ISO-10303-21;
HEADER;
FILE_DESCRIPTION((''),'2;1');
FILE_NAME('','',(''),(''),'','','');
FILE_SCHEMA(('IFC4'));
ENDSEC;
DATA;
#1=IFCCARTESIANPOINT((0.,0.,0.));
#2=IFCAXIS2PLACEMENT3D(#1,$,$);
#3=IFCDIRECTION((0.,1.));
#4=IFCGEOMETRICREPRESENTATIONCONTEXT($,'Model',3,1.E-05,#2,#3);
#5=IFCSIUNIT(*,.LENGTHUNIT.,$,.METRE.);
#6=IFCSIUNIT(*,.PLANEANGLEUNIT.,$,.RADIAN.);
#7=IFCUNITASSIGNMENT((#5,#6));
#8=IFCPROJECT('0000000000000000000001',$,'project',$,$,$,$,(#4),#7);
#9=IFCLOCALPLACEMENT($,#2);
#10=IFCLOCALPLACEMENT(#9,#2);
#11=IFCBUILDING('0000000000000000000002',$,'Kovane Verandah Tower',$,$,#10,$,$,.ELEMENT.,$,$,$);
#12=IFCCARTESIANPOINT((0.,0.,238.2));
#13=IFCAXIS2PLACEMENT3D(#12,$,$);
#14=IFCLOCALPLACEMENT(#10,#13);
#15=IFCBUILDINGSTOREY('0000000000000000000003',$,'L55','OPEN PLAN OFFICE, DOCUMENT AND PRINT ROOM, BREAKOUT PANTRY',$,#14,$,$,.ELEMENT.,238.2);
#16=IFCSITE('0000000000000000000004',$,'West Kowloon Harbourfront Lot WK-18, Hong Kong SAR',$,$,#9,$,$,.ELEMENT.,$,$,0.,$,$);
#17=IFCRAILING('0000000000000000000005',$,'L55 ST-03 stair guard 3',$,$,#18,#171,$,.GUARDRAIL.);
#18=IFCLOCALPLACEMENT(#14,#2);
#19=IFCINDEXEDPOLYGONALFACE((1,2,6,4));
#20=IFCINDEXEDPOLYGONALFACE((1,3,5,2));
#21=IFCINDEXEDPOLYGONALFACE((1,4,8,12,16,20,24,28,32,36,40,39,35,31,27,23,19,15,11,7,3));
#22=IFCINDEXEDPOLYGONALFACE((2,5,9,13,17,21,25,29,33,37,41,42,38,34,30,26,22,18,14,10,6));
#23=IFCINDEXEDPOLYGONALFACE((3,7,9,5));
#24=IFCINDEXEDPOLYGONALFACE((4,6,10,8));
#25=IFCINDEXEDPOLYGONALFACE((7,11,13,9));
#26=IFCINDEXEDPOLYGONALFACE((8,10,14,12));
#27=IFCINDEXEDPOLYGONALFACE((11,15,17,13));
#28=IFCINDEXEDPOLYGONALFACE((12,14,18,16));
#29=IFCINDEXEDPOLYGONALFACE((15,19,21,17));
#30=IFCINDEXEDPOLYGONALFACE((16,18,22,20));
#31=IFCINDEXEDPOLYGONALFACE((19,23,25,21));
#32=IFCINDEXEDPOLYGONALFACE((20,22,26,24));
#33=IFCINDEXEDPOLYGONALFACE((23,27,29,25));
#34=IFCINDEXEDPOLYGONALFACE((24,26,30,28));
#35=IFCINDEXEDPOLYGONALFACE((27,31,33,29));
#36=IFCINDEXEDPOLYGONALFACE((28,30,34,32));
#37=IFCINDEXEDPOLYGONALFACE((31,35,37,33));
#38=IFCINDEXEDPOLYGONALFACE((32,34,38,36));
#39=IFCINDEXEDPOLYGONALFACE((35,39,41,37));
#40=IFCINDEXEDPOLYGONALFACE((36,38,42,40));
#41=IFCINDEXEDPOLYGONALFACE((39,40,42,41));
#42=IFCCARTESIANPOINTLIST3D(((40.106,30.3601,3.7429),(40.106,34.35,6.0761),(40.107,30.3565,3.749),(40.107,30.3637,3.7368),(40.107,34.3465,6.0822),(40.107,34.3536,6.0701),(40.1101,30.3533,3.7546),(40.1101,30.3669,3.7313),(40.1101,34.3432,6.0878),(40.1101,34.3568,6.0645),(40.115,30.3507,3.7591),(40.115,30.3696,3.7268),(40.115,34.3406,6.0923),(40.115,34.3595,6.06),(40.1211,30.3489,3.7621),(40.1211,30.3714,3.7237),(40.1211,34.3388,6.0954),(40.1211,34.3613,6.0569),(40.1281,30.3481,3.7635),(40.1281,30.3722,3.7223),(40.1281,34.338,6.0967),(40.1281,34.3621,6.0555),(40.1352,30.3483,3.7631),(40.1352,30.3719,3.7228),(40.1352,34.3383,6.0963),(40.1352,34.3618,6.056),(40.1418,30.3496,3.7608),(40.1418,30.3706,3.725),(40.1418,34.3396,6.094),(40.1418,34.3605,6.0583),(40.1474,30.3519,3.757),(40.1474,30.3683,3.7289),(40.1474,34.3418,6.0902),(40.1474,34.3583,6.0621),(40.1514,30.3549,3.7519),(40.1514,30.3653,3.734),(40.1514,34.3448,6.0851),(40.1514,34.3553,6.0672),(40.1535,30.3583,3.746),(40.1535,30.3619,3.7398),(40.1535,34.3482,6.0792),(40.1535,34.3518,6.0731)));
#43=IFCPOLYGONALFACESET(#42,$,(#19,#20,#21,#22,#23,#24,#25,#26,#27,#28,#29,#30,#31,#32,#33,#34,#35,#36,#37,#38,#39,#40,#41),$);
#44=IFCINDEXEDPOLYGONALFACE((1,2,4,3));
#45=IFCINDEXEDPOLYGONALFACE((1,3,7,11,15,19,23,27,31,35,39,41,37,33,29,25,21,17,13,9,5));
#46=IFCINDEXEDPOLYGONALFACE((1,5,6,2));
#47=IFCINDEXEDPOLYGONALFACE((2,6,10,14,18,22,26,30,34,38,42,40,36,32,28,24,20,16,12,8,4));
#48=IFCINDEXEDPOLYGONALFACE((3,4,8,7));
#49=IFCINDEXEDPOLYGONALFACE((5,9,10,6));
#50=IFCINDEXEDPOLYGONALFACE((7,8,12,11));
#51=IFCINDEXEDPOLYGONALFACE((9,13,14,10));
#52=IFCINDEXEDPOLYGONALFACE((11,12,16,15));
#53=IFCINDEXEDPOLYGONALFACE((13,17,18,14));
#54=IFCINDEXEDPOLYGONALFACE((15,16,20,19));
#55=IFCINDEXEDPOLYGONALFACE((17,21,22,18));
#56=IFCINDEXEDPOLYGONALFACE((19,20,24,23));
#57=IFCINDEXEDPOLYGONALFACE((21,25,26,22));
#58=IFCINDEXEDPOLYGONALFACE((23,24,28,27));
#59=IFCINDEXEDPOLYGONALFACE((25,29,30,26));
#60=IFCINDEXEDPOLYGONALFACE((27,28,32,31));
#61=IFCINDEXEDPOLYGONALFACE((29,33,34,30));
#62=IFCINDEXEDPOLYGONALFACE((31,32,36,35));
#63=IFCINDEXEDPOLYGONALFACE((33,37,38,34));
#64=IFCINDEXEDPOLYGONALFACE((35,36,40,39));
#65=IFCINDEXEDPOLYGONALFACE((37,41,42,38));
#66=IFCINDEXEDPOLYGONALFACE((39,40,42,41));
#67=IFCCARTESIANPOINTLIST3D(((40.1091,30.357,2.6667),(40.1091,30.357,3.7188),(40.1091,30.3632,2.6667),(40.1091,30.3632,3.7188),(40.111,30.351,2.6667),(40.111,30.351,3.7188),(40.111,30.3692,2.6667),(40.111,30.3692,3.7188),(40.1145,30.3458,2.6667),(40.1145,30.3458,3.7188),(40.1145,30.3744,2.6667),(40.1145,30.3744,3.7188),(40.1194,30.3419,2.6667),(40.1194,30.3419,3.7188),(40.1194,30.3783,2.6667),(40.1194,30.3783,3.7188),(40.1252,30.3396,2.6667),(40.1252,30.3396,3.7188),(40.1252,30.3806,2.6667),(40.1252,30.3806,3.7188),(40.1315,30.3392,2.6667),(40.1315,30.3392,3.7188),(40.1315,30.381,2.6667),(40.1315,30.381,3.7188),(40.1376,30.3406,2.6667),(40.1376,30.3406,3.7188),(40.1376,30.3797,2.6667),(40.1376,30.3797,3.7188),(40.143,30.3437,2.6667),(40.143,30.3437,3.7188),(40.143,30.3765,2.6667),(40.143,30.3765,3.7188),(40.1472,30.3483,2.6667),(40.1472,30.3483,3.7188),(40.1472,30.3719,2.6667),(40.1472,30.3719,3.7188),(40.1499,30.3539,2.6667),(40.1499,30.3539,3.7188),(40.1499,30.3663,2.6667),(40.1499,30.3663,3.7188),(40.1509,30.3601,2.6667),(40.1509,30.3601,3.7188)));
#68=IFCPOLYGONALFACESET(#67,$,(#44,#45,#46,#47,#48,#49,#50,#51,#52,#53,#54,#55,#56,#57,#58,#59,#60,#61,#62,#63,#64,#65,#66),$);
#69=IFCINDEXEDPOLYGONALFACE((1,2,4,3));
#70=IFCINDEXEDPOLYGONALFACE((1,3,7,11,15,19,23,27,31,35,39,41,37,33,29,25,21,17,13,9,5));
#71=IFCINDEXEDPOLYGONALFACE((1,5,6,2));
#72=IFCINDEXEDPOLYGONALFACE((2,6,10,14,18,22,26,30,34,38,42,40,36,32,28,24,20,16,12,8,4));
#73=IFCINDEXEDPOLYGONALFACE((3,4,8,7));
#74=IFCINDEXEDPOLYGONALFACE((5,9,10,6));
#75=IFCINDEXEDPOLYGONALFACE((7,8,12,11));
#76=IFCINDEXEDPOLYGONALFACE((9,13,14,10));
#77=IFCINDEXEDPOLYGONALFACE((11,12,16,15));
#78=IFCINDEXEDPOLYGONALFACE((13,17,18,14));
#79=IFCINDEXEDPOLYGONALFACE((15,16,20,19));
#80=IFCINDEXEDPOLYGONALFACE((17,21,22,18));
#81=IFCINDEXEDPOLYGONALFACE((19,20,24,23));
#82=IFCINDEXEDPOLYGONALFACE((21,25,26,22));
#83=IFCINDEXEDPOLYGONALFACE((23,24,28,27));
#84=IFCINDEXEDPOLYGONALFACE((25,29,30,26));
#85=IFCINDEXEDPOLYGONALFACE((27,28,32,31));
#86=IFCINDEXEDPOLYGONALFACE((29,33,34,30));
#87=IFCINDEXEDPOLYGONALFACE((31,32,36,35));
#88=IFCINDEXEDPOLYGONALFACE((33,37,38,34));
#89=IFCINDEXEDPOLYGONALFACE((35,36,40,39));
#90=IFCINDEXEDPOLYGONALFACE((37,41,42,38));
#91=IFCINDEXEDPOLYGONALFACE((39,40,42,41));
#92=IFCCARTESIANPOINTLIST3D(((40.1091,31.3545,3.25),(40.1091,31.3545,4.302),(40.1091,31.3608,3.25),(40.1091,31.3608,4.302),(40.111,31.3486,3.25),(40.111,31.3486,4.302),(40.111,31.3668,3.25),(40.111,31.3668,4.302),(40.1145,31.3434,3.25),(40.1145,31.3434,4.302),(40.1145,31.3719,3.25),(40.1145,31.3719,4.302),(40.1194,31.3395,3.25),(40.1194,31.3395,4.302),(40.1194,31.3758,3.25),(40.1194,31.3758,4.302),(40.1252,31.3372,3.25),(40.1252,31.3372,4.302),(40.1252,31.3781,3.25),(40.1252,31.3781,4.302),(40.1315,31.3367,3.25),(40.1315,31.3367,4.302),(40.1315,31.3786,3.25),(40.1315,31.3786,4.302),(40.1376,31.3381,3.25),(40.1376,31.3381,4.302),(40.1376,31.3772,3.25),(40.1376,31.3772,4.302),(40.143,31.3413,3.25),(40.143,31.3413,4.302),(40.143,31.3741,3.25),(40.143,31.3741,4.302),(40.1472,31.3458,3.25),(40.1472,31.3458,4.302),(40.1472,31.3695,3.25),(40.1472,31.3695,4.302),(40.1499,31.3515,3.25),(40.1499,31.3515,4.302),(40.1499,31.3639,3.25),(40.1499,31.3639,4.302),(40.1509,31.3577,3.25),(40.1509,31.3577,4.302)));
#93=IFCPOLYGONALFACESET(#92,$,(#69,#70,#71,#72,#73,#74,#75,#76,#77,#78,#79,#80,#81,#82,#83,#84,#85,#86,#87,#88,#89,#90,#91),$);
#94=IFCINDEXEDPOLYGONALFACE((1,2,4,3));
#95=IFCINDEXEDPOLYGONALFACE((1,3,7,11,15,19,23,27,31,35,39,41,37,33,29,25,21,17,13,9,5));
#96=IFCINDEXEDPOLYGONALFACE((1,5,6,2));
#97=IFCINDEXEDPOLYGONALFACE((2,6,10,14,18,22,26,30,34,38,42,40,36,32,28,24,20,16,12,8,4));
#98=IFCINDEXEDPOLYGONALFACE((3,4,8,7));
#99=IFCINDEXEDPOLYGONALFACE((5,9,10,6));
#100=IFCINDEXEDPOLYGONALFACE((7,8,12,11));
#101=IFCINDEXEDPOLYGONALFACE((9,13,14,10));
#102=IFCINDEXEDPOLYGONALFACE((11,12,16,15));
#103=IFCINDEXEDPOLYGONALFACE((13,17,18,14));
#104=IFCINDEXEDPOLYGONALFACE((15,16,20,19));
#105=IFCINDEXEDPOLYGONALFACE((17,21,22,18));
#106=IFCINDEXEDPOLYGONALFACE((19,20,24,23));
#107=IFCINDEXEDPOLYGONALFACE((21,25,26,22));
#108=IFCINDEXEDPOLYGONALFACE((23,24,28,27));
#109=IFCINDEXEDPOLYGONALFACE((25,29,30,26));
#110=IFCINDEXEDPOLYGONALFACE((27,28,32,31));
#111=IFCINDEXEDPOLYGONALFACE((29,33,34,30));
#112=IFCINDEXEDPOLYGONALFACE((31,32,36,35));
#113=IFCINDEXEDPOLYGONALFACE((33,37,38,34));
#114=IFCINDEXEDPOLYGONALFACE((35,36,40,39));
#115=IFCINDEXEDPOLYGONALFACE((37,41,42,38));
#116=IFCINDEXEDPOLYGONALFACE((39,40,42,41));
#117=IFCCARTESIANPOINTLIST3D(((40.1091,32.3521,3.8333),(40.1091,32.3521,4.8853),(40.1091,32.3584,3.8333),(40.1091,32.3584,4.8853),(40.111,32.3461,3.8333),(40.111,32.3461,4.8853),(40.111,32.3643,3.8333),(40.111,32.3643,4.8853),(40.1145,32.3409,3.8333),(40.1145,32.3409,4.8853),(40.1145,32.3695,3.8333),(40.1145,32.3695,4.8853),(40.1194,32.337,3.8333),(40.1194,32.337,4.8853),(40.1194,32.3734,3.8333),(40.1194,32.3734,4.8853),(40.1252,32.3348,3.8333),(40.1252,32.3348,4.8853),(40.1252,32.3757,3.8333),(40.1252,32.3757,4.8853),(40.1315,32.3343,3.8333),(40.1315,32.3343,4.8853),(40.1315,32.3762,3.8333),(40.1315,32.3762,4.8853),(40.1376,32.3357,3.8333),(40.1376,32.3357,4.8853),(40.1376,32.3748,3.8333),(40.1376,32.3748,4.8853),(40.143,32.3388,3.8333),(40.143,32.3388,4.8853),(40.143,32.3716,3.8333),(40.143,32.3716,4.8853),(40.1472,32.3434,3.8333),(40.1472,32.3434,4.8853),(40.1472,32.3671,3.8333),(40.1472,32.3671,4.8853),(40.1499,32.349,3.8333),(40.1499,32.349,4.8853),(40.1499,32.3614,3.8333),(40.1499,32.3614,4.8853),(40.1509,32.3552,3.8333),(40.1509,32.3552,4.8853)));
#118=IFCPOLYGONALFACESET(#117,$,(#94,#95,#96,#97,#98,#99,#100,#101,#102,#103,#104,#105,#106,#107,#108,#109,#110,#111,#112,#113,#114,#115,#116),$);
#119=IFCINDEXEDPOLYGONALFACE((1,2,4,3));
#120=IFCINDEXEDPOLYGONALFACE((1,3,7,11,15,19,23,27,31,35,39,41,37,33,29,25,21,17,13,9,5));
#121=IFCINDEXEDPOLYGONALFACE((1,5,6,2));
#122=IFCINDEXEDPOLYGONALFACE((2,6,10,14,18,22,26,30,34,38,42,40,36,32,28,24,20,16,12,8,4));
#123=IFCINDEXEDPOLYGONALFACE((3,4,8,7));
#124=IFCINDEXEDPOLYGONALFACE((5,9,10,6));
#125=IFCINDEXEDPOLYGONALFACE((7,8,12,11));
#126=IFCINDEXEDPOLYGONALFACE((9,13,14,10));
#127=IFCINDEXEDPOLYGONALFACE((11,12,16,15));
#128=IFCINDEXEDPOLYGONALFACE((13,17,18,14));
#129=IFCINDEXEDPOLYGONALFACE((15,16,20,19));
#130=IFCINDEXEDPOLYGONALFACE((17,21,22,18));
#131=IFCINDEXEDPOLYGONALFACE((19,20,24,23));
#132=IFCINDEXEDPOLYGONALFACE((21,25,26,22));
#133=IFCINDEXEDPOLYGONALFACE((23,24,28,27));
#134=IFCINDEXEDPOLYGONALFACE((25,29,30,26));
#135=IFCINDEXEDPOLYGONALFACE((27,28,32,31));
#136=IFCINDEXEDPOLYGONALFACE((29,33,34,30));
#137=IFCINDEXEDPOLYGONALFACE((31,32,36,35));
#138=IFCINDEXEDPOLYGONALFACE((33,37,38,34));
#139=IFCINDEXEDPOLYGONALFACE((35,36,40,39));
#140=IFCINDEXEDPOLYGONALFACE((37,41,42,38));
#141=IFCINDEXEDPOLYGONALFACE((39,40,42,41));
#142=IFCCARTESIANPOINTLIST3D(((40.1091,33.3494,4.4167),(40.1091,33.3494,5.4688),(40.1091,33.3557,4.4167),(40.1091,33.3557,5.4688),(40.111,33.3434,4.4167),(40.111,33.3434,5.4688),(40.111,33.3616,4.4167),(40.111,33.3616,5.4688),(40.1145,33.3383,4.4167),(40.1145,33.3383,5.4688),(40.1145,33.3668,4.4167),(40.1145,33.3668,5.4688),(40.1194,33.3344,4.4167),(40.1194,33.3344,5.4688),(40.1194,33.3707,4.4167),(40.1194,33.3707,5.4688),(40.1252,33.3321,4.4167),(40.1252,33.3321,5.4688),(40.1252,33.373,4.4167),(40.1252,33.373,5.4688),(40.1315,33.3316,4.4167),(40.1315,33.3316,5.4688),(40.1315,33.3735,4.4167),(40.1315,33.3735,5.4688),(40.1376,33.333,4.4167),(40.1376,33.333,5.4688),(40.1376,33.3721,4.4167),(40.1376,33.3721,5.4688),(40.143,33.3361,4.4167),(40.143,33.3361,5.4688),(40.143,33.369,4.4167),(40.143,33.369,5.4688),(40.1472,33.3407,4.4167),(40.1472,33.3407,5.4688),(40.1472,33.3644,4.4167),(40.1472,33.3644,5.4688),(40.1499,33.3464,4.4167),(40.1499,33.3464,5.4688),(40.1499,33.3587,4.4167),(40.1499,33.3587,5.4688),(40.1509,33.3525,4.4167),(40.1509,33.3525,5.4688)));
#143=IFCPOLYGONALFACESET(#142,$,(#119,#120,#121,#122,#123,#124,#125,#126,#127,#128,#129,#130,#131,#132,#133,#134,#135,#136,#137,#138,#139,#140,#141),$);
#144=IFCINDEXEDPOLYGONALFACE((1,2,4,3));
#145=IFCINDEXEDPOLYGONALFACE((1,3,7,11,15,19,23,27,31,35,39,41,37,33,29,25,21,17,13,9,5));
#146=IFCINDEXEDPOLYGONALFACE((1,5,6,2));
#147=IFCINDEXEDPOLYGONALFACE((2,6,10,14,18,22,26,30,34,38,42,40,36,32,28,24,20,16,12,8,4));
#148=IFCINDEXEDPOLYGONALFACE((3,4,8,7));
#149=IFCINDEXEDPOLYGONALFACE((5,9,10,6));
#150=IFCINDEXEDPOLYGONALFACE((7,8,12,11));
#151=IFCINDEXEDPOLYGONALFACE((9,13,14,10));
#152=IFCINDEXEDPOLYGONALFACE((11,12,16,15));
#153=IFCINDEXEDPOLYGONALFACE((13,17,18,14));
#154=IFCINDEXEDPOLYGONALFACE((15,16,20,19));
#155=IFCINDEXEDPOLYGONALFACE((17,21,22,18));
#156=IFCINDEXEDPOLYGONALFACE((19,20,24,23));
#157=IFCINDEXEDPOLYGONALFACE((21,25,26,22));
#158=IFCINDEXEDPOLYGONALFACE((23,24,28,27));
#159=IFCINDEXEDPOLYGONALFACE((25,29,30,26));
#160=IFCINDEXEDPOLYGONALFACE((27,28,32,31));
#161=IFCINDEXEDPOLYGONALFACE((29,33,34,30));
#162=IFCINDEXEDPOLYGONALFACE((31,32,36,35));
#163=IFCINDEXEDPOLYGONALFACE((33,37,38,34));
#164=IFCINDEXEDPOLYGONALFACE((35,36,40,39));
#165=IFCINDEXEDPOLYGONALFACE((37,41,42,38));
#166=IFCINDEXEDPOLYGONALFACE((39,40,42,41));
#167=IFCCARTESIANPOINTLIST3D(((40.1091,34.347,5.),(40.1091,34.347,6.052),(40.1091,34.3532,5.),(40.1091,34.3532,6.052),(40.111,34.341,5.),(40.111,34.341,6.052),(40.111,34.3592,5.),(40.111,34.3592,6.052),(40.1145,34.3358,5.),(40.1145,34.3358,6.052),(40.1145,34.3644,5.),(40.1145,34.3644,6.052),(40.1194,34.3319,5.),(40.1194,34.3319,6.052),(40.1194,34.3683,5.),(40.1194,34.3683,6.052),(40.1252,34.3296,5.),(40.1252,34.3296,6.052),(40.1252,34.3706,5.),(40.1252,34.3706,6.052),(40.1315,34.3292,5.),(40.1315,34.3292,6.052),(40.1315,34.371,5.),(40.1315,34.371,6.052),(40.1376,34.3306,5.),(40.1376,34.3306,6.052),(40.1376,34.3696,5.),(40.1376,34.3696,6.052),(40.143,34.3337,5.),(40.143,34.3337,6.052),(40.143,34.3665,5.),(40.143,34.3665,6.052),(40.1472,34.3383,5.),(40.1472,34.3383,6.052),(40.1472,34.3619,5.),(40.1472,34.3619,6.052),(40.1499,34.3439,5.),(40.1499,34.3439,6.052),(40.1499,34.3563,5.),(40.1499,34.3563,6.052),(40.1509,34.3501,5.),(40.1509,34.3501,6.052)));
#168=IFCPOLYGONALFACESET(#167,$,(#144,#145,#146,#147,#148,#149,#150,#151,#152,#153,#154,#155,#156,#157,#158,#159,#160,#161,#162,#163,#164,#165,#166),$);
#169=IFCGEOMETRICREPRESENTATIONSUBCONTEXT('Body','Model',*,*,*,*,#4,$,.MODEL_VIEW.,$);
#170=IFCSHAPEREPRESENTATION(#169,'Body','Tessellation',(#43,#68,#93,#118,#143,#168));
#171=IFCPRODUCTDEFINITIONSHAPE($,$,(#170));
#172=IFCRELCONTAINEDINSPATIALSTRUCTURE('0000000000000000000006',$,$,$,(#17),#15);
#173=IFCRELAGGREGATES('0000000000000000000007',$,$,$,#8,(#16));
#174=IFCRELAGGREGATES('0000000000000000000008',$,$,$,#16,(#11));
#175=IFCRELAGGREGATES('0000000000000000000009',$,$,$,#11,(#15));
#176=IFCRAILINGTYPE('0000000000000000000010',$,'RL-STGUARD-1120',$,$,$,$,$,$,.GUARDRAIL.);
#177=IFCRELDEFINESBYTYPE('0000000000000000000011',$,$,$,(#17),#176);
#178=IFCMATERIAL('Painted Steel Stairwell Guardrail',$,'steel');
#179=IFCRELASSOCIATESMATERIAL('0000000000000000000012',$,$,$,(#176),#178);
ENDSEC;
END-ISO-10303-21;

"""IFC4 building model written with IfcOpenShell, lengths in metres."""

from ifc_helpers import new_model, si_unit, direction, frame, origin, origin_2d, place, context, subcontext, project, spatial, circle, extrude, material, type_object, element, save


model = new_model("IFC4")

# Units and contexts
model_context = context("Model", 3, precision=1e-05, world=origin(), true_north=direction((0.0, 1.0)))
body_context = subcontext(model_context, "Body", "Model", "MODEL_VIEW")
ifc_project = project(units=[si_unit("LENGTHUNIT", "METRE"), si_unit("PLANEANGLEUNIT", "RADIAN")], contexts=[model_context])

# Site, building, storey
site_placement = place(None, origin())
site = spatial("IfcSite", under=ifc_project, at=site_placement, Name="West Kowloon Harbourfront Lot WK-18, Hong Kong SAR", CompositionType="ELEMENT", RefElevation=0.0)
building_placement = place(site_placement, origin())
building = spatial("IfcBuilding", under=site, at=building_placement, Name="Kovane Verandah Tower", CompositionType="ELEMENT")
storey_placement = place(building_placement, frame((0.0, 0.0, 238.2)))
storey = spatial("IfcBuildingStorey", under=building, at=storey_placement, Name="L55", Description="OPEN PLAN OFFICE, DOCUMENT AND PRINT ROOM, BREAKOUT PANTRY", CompositionType="ELEMENT", Elevation=238.2)

# Railing
ifc_material_1 = material(Name="Painted Steel Stairwell Guardrail", Category="steel")
railing_type_1 = type_object("IfcRailingType", Name="RL-STGUARD-1120", PredefinedType="GUARDRAIL", material=ifc_material_1)
railing_1_placement = place(storey_placement, frame((40.1299, 30.3601, 2.6667)))
element("IfcRailing", 1, at=railing_1_placement, inside=storey, type_object=railing_type_1, Name="L55 ST-03 stair guard 3", PredefinedType="GUARDRAIL", context=body_context, shape_type="SweptSolid", body=[
    extrude(circle(Radius=0.0239, at=origin_2d()), frame((0.0, 0.0, 1.0762), z_axis=(0.0, 0.863236, 0.5048), x_axis=(-1.0, 0.0, 0.0)), (0.0, 0.0, 1.0), 4.6221),
    extrude(circle(Radius=0.021, at=origin_2d()), origin(), (0.0, 0.0, 1.0), 1.052),
    extrude(circle(Radius=0.021, at=origin_2d()), frame((0.0, 0.9976, 0.5833)), (0.0, 0.0, 1.0), 1.052),
    extrude(circle(Radius=0.021, at=origin_2d()), frame((0.0, 1.9951, 1.1665)), (0.0, 0.0, 1.0), 1.052),
    extrude(circle(Radius=0.021, at=origin_2d()), frame((0.0, 2.9924, 1.75)), (0.0, 0.0, 1.0), 1.052),
    extrude(circle(Radius=0.021, at=origin_2d()), frame((0.0, 3.99, 2.3333)), (0.0, 0.0, 1.0), 1.052),
])

save(model, "model.ifc")
